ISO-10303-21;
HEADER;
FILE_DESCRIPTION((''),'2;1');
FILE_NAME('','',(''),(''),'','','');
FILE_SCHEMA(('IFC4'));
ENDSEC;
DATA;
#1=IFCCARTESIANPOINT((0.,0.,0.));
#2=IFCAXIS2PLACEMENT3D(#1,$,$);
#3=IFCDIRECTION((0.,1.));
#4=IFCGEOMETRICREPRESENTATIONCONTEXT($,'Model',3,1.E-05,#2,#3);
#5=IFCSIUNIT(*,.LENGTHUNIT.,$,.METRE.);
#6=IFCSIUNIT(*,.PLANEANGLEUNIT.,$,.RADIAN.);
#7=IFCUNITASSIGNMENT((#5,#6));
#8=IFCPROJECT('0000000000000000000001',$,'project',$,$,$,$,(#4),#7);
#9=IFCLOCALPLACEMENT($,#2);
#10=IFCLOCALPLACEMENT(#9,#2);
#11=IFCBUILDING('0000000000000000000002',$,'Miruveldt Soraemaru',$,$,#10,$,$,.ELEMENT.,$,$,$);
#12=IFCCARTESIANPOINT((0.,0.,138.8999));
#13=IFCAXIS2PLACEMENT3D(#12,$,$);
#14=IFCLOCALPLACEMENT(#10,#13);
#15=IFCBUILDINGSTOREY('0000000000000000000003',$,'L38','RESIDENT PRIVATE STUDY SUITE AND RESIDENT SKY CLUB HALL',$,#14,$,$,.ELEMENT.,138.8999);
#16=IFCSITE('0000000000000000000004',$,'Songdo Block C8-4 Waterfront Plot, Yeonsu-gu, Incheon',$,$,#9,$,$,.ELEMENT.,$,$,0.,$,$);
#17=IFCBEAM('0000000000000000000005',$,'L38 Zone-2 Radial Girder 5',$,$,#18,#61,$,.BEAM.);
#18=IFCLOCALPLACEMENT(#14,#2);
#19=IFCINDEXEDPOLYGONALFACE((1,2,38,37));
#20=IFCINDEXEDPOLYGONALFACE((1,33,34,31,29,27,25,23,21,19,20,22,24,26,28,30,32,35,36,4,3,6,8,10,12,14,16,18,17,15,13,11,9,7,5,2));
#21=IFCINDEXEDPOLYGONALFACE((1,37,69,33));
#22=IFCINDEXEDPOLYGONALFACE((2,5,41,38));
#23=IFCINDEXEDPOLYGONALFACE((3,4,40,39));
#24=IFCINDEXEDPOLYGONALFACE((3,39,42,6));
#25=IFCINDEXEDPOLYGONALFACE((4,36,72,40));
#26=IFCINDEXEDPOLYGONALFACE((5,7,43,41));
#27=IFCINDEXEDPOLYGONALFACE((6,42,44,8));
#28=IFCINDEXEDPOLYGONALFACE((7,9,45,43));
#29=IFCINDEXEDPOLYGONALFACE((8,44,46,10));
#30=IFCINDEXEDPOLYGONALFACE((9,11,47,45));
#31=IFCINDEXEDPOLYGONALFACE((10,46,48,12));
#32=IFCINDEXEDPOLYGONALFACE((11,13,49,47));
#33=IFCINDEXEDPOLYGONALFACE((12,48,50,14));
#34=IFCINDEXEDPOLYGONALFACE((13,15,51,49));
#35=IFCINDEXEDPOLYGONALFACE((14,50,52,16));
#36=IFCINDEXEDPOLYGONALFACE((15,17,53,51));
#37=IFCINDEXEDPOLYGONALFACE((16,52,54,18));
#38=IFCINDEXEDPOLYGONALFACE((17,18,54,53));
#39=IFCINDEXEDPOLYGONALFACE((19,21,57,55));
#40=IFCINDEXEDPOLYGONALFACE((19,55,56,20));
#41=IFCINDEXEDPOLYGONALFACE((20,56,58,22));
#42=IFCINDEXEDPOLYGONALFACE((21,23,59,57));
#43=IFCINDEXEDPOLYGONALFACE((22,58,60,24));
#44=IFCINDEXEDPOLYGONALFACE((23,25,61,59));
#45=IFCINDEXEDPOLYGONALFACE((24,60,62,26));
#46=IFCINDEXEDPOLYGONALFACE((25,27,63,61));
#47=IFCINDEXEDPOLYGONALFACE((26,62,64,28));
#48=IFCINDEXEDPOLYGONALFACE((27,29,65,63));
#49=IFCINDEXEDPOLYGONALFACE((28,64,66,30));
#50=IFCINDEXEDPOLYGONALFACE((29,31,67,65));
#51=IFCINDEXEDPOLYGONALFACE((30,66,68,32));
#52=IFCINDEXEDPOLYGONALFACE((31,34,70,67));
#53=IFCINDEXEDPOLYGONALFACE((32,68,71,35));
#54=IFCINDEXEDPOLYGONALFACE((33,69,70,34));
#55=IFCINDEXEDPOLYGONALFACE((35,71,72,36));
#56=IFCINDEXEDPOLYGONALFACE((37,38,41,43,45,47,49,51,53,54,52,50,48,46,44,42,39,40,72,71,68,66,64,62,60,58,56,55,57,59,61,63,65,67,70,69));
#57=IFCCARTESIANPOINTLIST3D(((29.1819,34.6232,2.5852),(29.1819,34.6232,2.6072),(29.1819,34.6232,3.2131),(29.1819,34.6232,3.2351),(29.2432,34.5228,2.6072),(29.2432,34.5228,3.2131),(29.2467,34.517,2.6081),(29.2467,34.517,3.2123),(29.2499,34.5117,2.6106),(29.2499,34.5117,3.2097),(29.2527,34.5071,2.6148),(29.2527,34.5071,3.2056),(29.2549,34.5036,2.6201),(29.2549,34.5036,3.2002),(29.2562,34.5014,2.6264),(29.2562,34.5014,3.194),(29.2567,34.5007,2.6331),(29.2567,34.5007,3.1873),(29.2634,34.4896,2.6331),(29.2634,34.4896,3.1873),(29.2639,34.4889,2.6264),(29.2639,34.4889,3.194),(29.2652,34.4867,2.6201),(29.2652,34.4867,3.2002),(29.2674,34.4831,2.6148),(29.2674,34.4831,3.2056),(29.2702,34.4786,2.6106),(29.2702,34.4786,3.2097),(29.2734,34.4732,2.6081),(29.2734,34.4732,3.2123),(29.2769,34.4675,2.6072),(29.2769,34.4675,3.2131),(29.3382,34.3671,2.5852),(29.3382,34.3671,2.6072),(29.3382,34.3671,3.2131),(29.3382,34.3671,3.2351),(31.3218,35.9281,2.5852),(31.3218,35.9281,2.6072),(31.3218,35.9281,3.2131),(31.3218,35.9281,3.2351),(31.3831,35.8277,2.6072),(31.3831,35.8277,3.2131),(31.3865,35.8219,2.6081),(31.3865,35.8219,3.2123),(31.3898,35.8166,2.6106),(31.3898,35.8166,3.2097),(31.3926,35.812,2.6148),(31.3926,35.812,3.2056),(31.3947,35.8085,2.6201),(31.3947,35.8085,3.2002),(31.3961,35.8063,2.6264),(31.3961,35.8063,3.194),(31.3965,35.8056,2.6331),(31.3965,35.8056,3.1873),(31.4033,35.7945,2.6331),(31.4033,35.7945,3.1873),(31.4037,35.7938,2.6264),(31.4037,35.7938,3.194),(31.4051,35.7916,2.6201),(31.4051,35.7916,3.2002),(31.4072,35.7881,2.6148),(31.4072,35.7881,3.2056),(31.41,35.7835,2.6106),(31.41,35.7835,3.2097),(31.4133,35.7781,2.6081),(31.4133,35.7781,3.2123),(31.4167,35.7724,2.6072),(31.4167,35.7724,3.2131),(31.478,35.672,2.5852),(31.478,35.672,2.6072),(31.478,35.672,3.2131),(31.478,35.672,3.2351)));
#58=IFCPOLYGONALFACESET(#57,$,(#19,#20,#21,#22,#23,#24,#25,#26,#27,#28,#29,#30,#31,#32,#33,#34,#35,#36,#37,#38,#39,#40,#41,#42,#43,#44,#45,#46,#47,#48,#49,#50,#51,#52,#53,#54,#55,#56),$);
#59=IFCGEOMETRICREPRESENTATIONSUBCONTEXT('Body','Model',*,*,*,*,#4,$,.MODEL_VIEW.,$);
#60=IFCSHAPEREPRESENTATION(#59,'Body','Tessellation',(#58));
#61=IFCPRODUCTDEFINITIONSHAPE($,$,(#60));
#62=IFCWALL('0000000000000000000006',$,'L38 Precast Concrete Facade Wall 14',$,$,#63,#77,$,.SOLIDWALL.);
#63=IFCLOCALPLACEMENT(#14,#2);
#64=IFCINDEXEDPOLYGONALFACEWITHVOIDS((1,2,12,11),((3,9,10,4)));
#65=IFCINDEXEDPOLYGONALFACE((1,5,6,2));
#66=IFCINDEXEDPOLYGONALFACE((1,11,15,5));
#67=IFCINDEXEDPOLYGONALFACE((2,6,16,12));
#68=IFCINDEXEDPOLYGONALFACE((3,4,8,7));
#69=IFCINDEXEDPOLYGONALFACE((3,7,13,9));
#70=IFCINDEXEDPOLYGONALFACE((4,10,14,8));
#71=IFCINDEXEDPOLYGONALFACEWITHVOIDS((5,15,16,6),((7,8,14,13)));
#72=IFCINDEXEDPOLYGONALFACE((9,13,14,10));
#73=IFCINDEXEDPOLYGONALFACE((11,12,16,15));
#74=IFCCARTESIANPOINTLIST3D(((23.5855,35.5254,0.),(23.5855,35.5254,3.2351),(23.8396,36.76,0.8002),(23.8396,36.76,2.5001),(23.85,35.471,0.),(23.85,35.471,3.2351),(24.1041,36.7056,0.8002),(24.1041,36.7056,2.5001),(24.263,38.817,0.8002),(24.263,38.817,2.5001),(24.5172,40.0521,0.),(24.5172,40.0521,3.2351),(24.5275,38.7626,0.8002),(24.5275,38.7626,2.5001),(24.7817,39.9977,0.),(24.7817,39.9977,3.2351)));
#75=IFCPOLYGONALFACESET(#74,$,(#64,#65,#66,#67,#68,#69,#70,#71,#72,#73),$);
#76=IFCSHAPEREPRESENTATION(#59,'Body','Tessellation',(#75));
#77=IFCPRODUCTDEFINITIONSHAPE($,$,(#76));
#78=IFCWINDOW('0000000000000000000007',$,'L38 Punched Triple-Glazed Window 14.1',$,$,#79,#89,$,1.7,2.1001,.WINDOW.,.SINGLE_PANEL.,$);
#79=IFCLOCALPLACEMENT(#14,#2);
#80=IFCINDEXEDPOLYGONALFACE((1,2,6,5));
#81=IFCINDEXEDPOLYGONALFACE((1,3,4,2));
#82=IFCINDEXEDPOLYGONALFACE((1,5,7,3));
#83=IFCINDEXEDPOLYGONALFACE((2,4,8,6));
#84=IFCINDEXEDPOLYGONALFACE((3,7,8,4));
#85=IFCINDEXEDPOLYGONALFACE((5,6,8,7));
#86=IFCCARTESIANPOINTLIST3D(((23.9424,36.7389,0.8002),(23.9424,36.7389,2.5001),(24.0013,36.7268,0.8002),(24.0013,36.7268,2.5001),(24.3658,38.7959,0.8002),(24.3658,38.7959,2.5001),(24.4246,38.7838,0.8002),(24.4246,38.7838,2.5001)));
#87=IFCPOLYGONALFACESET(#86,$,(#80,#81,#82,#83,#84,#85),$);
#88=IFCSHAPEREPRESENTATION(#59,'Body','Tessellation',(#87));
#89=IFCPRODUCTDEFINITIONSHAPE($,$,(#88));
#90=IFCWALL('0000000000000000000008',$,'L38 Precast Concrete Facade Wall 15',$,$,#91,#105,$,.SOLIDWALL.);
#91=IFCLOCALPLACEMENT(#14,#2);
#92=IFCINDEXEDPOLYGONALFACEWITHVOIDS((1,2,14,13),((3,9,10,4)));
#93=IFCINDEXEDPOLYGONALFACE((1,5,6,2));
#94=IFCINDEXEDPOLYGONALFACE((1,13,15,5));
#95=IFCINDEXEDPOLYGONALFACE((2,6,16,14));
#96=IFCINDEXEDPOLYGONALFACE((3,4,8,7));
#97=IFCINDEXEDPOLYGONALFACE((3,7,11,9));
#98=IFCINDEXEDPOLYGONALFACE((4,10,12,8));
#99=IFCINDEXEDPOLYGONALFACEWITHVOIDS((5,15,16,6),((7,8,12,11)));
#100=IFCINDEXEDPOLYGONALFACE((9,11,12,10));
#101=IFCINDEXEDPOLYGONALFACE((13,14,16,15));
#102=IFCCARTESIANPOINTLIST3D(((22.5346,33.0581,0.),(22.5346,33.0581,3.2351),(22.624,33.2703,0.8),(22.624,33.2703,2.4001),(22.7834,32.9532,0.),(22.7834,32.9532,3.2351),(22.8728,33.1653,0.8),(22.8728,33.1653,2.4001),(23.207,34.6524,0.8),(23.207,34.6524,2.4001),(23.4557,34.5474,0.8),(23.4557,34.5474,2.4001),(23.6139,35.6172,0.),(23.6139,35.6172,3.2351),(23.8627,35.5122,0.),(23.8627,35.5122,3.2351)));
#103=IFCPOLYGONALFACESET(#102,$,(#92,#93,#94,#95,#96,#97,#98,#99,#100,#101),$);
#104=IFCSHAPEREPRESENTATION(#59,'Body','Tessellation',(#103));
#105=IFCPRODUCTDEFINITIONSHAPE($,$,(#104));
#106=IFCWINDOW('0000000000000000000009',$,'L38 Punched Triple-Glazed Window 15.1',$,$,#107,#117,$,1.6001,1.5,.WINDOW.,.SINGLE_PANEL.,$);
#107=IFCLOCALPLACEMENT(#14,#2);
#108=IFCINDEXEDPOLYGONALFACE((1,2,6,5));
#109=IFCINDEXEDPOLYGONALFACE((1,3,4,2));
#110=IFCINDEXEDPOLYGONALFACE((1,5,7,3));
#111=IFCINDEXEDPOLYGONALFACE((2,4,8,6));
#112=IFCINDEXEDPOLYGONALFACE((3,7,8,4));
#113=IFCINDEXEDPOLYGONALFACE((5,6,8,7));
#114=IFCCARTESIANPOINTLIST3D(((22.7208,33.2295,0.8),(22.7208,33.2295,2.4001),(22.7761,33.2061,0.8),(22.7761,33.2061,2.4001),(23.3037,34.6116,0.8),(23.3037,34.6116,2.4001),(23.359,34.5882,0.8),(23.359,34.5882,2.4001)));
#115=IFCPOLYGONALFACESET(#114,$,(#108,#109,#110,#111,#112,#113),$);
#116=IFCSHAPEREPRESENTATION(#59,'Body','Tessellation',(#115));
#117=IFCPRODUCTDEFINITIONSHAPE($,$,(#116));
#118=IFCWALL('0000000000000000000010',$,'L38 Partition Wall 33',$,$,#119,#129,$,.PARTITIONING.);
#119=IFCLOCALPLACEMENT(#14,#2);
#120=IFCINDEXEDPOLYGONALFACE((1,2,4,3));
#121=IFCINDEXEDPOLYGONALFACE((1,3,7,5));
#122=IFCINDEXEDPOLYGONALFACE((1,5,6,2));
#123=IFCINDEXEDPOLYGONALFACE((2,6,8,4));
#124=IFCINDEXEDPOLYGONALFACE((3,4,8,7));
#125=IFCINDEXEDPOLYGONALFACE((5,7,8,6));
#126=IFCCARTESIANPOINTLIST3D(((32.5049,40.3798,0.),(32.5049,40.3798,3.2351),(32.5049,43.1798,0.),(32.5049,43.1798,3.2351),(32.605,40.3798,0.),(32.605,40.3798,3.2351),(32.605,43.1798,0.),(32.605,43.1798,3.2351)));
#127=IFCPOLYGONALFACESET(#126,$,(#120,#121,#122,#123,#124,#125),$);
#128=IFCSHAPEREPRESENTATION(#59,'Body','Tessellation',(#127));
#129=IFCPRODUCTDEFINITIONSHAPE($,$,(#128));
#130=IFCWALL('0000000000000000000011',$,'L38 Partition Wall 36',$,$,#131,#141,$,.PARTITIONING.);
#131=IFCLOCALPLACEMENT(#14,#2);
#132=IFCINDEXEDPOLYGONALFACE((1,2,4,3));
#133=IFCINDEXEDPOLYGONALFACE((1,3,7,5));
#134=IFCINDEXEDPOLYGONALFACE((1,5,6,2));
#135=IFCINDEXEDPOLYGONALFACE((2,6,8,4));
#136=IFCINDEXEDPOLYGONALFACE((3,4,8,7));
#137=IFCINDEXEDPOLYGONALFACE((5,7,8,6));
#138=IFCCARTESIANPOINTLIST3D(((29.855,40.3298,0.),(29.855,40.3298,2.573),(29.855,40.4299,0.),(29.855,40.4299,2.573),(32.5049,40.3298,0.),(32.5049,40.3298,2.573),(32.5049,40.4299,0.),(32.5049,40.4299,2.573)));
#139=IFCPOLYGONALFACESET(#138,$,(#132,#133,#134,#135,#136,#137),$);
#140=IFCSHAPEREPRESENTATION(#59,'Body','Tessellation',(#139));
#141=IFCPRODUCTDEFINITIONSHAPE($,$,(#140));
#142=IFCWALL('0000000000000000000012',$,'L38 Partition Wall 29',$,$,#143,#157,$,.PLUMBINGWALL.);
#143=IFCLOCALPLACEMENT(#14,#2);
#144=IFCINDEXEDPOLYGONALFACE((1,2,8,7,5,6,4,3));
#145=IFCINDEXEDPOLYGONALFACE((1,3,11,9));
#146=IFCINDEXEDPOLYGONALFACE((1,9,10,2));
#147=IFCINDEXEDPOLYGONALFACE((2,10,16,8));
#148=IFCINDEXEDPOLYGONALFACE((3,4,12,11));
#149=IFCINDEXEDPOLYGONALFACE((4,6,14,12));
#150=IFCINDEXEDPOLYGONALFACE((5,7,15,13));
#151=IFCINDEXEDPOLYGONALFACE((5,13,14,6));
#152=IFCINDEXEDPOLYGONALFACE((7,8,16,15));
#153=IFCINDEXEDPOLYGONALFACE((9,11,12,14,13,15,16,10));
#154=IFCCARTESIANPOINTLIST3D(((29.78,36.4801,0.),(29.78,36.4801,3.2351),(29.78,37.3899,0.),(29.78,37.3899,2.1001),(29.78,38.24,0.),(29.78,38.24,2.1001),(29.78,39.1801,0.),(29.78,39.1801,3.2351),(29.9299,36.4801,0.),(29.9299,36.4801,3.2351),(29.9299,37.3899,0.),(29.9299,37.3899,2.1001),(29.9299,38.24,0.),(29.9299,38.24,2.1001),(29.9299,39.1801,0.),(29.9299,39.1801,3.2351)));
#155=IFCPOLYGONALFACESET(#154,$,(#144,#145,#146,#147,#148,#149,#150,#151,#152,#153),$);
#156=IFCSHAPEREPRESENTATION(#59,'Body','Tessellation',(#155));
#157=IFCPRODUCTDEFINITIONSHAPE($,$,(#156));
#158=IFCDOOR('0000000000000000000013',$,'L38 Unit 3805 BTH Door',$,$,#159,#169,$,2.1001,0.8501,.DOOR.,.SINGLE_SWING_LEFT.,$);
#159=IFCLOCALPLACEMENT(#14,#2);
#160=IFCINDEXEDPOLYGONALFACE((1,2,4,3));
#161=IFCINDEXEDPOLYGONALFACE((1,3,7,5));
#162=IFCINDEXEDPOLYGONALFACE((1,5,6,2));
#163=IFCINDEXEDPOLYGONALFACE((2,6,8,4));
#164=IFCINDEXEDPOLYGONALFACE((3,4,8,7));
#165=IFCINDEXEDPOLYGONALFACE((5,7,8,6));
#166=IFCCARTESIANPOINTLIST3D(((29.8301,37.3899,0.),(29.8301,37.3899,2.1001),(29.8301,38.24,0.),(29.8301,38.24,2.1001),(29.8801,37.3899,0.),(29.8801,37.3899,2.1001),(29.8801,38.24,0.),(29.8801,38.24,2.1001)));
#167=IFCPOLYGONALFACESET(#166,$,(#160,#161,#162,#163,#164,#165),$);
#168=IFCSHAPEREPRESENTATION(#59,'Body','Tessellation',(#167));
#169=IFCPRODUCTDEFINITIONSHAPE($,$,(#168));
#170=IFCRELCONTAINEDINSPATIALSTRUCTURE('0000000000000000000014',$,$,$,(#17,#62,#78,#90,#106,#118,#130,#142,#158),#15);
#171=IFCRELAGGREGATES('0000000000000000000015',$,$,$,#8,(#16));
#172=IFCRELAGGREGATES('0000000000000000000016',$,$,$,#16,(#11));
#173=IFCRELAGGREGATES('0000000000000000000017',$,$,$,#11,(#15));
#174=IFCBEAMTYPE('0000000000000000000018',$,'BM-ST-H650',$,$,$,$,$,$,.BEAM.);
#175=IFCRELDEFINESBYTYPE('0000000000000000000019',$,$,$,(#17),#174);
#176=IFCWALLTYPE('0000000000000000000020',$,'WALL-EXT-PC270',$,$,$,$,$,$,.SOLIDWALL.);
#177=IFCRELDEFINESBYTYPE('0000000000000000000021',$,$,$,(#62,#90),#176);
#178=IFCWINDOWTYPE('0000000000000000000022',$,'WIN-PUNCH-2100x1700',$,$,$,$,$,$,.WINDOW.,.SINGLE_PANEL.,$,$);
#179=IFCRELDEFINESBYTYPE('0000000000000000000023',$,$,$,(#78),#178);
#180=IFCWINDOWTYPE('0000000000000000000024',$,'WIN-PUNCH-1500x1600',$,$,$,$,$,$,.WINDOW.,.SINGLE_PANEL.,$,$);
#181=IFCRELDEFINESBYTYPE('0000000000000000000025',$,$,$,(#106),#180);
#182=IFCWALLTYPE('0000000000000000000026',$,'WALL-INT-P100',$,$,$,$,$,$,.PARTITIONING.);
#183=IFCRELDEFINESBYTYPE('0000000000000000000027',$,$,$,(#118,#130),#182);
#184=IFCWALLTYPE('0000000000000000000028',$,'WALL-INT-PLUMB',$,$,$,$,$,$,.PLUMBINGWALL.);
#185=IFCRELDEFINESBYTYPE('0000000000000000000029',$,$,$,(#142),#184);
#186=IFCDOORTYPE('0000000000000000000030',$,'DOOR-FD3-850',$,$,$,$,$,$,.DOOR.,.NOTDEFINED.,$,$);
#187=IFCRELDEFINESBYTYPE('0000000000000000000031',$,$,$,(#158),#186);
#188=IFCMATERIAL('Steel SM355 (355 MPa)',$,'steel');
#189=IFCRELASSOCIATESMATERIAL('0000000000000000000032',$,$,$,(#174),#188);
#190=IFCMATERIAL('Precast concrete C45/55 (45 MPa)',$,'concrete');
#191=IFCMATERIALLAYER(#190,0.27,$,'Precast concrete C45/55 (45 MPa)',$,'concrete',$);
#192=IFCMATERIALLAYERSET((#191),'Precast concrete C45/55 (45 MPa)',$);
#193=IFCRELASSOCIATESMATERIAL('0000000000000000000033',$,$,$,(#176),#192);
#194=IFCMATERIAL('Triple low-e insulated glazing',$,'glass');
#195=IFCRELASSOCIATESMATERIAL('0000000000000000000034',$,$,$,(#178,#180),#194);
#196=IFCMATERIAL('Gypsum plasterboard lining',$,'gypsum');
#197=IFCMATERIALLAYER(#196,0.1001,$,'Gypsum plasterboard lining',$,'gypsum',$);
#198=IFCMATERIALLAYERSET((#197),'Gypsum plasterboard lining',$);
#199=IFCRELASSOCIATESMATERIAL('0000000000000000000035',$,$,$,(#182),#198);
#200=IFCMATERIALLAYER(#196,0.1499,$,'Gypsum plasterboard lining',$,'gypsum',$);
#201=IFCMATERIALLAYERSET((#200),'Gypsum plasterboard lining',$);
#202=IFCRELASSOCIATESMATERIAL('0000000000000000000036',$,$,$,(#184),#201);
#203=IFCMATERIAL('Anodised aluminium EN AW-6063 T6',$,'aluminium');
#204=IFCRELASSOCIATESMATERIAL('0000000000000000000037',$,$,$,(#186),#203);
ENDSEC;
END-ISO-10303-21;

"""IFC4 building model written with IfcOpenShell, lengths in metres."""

from ifc_helpers import new_model, si_unit, direction, frame, frame_2d, origin, origin_2d, place, context, subcontext, project, spatial, rectangle, i_section, extrude, material, layer, layer_set, material_profile, profile_set, type_object, element, fill, save


model = new_model("IFC4")

# Units and contexts
model_context = context("Model", 3, precision=1e-05, world=origin(), true_north=direction((0.0, 1.0)))
body_context = subcontext(model_context, "Body", "Model", "MODEL_VIEW")
ifc_project = project(units=[si_unit("LENGTHUNIT", "METRE"), si_unit("PLANEANGLEUNIT", "RADIAN")], contexts=[model_context])

# Site, building, storey
site_placement = place(None, origin())
site = spatial("IfcSite", under=ifc_project, at=site_placement, Name="Songdo Block C8-4 Waterfront Plot, Yeonsu-gu, Incheon", CompositionType="ELEMENT", RefElevation=0.0)
building_placement = place(site_placement, origin())
building = spatial("IfcBuilding", under=site, at=building_placement, Name="Miruveldt Soraemaru", CompositionType="ELEMENT")
storey_placement = place(building_placement, frame((0.0, 0.0, 138.8999)))
storey = spatial("IfcBuildingStorey", under=building, at=storey_placement, Name="L38", Description="RESIDENT PRIVATE STUDY SUITE AND RESIDENT SKY CLUB HALL", CompositionType="ELEMENT", Elevation=138.8999)

# Beam
ifc_material_1 = material(Name="Steel SM355 (355 MPa)", Category="steel")
ifc_material_profile_1 = material_profile(ifc_material_1, i_section(OverallWidth=0.3, OverallDepth=0.6499, WebThickness=0.0129, FlangeThickness=0.022, FilletRadius=0.0259, at=origin_2d()), Name="Steel SM355 (355 MPa)", Category="steel")
ifc_profile_set_1 = profile_set([ifc_material_profile_1], Name="Steel SM355 (355 MPa)")
beam_type_1 = type_object("IfcBeamType", Name="BM-ST-H650", PredefinedType="BEAM", material=ifc_profile_set_1)
beam_1_placement = place(storey_placement, frame((31.3999, 35.8, 2.9102), z_axis=(-0.853775, -0.520642, 0.0), x_axis=(0.520642, -0.853775, 0.0)))
element("IfcBeam", 1, at=beam_1_placement, inside=storey, type_object=beam_type_1, Name="L38 Zone-2 Radial Girder 5", PredefinedType="BEAM", context=body_context, shape_type="SweptSolid", body=[
    extrude(i_section(OverallWidth=0.3, OverallDepth=0.6499, WebThickness=0.0129, FlangeThickness=0.022, FilletRadius=0.0259, at=origin_2d()), origin(), (0.0, 0.0, 1.0), 2.5063),
])

# Walls, openings, windows
ifc_material_2 = material(Name="Precast concrete C45/55 (45 MPa)", Category="concrete")
ifc_layer_1 = layer(ifc_material_2, 0.27, Name="Precast concrete C45/55 (45 MPa)", Category="concrete")
ifc_layer_set_1 = layer_set([ifc_layer_1], Name="Precast concrete C45/55 (45 MPa)")
wall_type_1 = type_object("IfcWallType", Name="WALL-EXT-PC270", PredefinedType="SOLIDWALL", material=ifc_layer_set_1)
wall_1_placement = place(storey_placement, frame((24.6494, 40.0249, 0.0), z_axis=(0.0, 0.0, 1.0), x_axis=(-0.201589, -0.97947, 0.0)))
wall_1 = element("IfcWall", 2, at=wall_1_placement, inside=storey, type_object=wall_type_1, Name="L38 Precast Concrete Facade Wall 14", PredefinedType="SOLIDWALL", context=body_context, shape_type="SweptSolid", body=[
    extrude(rectangle(XDim=4.6216, YDim=0.27, at=frame_2d((2.3108, 0.0))), origin(), (0.0, 0.0, 1.0), 3.2351),
])
opening_1_placement = place(wall_1_placement, frame((1.261, 0.0, 0.8)))
opening_1 = element("IfcOpeningElement", 3, at=opening_1_placement, cuts=wall_1, PredefinedType="OPENING", context=body_context, shape_type="SweptSolid", body=[
    extrude(rectangle(XDim=2.1001, YDim=1.7, at=frame_2d((1.05, 0.8501))), frame((0.0, 0.145, 0.0), z_axis=(0.0, -1.0, 0.0), x_axis=(1.0, 0.0, 0.0)), (0.0, 0.0, 1.0), 0.29),
])
ifc_material_3 = material(Name="Triple low-e insulated glazing", Category="glass")
window_type_1 = type_object("IfcWindowType", Name="WIN-PUNCH-2100x1700", PartitioningType="SINGLE_PANEL", PredefinedType="WINDOW", material=ifc_material_3)
window_1_placement = place(opening_1_placement, origin())
window_1 = element("IfcWindow", 4, at=window_1_placement, inside=storey, type_object=window_type_1, Name="L38 Punched Triple-Glazed Window 14.1", OverallHeight=1.7, OverallWidth=2.1001, PartitioningType="SINGLE_PANEL", PredefinedType="WINDOW", context=body_context, shape_type="SweptSolid", body=[
    extrude(rectangle(XDim=2.1001, YDim=1.7, at=frame_2d((1.05, 0.8501))), frame((0.0, 0.03, 0.0), z_axis=(0.0, -1.0, 0.0), x_axis=(1.0, 0.0, 0.0)), (0.0, 0.0, 1.0), 0.0601),
])
fill(opening_1, window_1)
wall_2_placement = place(storey_placement, frame((23.7383, 35.5647, 0.0), z_axis=(0.0, 0.0, 1.0), x_axis=(-0.388619, -0.921399, 0.0)))
wall_2 = element("IfcWall", 5, at=wall_2_placement, inside=storey, type_object=wall_type_1, Name="L38 Precast Concrete Facade Wall 15", PredefinedType="SOLIDWALL", context=body_context, shape_type="SweptSolid", body=[
    extrude(rectangle(XDim=2.7773, YDim=0.27, at=frame_2d((1.3887, 0.0))), origin(), (0.0, 0.0, 1.0), 3.2351),
])
opening_2_placement = place(wall_2_placement, frame((1.0471, 0.0, 0.8)))
opening_2 = element("IfcOpeningElement", 6, at=opening_2_placement, cuts=wall_2, PredefinedType="OPENING", context=body_context, shape_type="SweptSolid", body=[
    extrude(rectangle(XDim=1.5, YDim=1.6001, at=frame_2d((0.75, 0.8))), frame((0.0, 0.145, 0.0), z_axis=(0.0, -1.0, 0.0), x_axis=(1.0, 0.0, 0.0)), (0.0, 0.0, 1.0), 0.29),
])
window_type_2 = type_object("IfcWindowType", Name="WIN-PUNCH-1500x1600", PartitioningType="SINGLE_PANEL", PredefinedType="WINDOW", material=ifc_material_3)
window_2_placement = place(opening_2_placement, origin())
window_2 = element("IfcWindow", 7, at=window_2_placement, inside=storey, type_object=window_type_2, Name="L38 Punched Triple-Glazed Window 15.1", OverallHeight=1.6001, OverallWidth=1.5, PartitioningType="SINGLE_PANEL", PredefinedType="WINDOW", context=body_context, shape_type="SweptSolid", body=[
    extrude(rectangle(XDim=1.5, YDim=1.6001, at=frame_2d((0.75, 0.8))), frame((0.0, 0.03, 0.0), z_axis=(0.0, -1.0, 0.0), x_axis=(1.0, 0.0, 0.0)), (0.0, 0.0, 1.0), 0.0601),
])
fill(opening_2, window_2)

# Walls
ifc_material_4 = material(Name="Gypsum plasterboard lining", Category="gypsum")
ifc_layer_2 = layer(ifc_material_4, 0.1001, Name="Gypsum plasterboard lining", Category="gypsum")
ifc_layer_set_2 = layer_set([ifc_layer_2], Name="Gypsum plasterboard lining")
wall_type_2 = type_object("IfcWallType", Name="WALL-INT-P100", PredefinedType="PARTITIONING", material=ifc_layer_set_2)
wall_3_placement = place(storey_placement, frame((32.5549, 40.3799, 0.0), z_axis=(0.0, 0.0, 1.0), x_axis=(0.0, 1.0, 0.0)))
element("IfcWall", 8, at=wall_3_placement, inside=storey, type_object=wall_type_2, Name="L38 Partition Wall 33", PredefinedType="PARTITIONING", context=body_context, shape_type="SweptSolid", body=[
    extrude(rectangle(XDim=2.8, YDim=0.1001, at=frame_2d((1.3999, 0.0))), origin(), (0.0, 0.0, 1.0), 3.2351),
])
wall_4_placement = place(storey_placement, frame((29.855, 40.3799, 0.0), z_axis=(0.0, 0.0, 1.0), x_axis=(1.0, 0.0, 0.0)))
element("IfcWall", 9, at=wall_4_placement, inside=storey, type_object=wall_type_2, Name="L38 Partition Wall 36", PredefinedType="PARTITIONING", context=body_context, shape_type="SweptSolid", body=[
    extrude(rectangle(XDim=2.6499, YDim=0.1001, at=frame_2d((1.325, 0.0))), origin(), (0.0, 0.0, 1.0), 2.573),
])

# Wall, opening, door
ifc_layer_3 = layer(ifc_material_4, 0.1499, Name="Gypsum plasterboard lining", Category="gypsum")
ifc_layer_set_3 = layer_set([ifc_layer_3], Name="Gypsum plasterboard lining")
wall_type_3 = type_object("IfcWallType", Name="WALL-INT-PLUMB", PredefinedType="PLUMBINGWALL", material=ifc_layer_set_3)
wall_5_placement = place(storey_placement, frame((29.855, 36.48, 0.0), z_axis=(0.0, 0.0, 1.0), x_axis=(0.0, 1.0, 0.0)))
wall_5 = element("IfcWall", 10, at=wall_5_placement, inside=storey, type_object=wall_type_3, Name="L38 Partition Wall 29", PredefinedType="PLUMBINGWALL", context=body_context, shape_type="SweptSolid", body=[
    extrude(rectangle(XDim=2.7, YDim=0.1499, at=frame_2d((1.3501, 0.0))), origin(), (0.0, 0.0, 1.0), 3.2351),
])
opening_3_placement = place(wall_5_placement, frame((0.9099, 0.0, 0.0)))
opening_3 = element("IfcOpeningElement", 11, at=opening_3_placement, cuts=wall_5, PredefinedType="OPENING", context=body_context, shape_type="SweptSolid", body=[
    extrude(rectangle(XDim=0.8501, YDim=2.1001, at=frame_2d((0.425, 1.05))), frame((0.0, 0.085, 0.0), z_axis=(0.0, -1.0, 0.0), x_axis=(1.0, 0.0, 0.0)), (0.0, 0.0, 1.0), 0.1699),
])
ifc_material_5 = material(Name="Anodised aluminium EN AW-6063 T6", Category="aluminium")
door_type = type_object("IfcDoorType", Name="DOOR-FD3-850", OperationType="NOTDEFINED", PredefinedType="DOOR", material=ifc_material_5)
door_placement = place(opening_3_placement, origin())
door = element("IfcDoor", 12, at=door_placement, inside=storey, type_object=door_type, Name="L38 Unit 3805 BTH Door", OperationType="SINGLE_SWING_LEFT", OverallHeight=2.1001, OverallWidth=0.8501, PredefinedType="DOOR", context=body_context, shape_type="SweptSolid", body=[
    extrude(rectangle(XDim=0.8501, YDim=2.1001, at=frame_2d((0.425, 1.05))), frame((0.0, 0.0249, 0.0), z_axis=(0.0, -1.0, 0.0), x_axis=(1.0, 0.0, 0.0)), (0.0, 0.0, 1.0), 0.05),
])
fill(opening_3, door)

save(model, "model.ifc")
